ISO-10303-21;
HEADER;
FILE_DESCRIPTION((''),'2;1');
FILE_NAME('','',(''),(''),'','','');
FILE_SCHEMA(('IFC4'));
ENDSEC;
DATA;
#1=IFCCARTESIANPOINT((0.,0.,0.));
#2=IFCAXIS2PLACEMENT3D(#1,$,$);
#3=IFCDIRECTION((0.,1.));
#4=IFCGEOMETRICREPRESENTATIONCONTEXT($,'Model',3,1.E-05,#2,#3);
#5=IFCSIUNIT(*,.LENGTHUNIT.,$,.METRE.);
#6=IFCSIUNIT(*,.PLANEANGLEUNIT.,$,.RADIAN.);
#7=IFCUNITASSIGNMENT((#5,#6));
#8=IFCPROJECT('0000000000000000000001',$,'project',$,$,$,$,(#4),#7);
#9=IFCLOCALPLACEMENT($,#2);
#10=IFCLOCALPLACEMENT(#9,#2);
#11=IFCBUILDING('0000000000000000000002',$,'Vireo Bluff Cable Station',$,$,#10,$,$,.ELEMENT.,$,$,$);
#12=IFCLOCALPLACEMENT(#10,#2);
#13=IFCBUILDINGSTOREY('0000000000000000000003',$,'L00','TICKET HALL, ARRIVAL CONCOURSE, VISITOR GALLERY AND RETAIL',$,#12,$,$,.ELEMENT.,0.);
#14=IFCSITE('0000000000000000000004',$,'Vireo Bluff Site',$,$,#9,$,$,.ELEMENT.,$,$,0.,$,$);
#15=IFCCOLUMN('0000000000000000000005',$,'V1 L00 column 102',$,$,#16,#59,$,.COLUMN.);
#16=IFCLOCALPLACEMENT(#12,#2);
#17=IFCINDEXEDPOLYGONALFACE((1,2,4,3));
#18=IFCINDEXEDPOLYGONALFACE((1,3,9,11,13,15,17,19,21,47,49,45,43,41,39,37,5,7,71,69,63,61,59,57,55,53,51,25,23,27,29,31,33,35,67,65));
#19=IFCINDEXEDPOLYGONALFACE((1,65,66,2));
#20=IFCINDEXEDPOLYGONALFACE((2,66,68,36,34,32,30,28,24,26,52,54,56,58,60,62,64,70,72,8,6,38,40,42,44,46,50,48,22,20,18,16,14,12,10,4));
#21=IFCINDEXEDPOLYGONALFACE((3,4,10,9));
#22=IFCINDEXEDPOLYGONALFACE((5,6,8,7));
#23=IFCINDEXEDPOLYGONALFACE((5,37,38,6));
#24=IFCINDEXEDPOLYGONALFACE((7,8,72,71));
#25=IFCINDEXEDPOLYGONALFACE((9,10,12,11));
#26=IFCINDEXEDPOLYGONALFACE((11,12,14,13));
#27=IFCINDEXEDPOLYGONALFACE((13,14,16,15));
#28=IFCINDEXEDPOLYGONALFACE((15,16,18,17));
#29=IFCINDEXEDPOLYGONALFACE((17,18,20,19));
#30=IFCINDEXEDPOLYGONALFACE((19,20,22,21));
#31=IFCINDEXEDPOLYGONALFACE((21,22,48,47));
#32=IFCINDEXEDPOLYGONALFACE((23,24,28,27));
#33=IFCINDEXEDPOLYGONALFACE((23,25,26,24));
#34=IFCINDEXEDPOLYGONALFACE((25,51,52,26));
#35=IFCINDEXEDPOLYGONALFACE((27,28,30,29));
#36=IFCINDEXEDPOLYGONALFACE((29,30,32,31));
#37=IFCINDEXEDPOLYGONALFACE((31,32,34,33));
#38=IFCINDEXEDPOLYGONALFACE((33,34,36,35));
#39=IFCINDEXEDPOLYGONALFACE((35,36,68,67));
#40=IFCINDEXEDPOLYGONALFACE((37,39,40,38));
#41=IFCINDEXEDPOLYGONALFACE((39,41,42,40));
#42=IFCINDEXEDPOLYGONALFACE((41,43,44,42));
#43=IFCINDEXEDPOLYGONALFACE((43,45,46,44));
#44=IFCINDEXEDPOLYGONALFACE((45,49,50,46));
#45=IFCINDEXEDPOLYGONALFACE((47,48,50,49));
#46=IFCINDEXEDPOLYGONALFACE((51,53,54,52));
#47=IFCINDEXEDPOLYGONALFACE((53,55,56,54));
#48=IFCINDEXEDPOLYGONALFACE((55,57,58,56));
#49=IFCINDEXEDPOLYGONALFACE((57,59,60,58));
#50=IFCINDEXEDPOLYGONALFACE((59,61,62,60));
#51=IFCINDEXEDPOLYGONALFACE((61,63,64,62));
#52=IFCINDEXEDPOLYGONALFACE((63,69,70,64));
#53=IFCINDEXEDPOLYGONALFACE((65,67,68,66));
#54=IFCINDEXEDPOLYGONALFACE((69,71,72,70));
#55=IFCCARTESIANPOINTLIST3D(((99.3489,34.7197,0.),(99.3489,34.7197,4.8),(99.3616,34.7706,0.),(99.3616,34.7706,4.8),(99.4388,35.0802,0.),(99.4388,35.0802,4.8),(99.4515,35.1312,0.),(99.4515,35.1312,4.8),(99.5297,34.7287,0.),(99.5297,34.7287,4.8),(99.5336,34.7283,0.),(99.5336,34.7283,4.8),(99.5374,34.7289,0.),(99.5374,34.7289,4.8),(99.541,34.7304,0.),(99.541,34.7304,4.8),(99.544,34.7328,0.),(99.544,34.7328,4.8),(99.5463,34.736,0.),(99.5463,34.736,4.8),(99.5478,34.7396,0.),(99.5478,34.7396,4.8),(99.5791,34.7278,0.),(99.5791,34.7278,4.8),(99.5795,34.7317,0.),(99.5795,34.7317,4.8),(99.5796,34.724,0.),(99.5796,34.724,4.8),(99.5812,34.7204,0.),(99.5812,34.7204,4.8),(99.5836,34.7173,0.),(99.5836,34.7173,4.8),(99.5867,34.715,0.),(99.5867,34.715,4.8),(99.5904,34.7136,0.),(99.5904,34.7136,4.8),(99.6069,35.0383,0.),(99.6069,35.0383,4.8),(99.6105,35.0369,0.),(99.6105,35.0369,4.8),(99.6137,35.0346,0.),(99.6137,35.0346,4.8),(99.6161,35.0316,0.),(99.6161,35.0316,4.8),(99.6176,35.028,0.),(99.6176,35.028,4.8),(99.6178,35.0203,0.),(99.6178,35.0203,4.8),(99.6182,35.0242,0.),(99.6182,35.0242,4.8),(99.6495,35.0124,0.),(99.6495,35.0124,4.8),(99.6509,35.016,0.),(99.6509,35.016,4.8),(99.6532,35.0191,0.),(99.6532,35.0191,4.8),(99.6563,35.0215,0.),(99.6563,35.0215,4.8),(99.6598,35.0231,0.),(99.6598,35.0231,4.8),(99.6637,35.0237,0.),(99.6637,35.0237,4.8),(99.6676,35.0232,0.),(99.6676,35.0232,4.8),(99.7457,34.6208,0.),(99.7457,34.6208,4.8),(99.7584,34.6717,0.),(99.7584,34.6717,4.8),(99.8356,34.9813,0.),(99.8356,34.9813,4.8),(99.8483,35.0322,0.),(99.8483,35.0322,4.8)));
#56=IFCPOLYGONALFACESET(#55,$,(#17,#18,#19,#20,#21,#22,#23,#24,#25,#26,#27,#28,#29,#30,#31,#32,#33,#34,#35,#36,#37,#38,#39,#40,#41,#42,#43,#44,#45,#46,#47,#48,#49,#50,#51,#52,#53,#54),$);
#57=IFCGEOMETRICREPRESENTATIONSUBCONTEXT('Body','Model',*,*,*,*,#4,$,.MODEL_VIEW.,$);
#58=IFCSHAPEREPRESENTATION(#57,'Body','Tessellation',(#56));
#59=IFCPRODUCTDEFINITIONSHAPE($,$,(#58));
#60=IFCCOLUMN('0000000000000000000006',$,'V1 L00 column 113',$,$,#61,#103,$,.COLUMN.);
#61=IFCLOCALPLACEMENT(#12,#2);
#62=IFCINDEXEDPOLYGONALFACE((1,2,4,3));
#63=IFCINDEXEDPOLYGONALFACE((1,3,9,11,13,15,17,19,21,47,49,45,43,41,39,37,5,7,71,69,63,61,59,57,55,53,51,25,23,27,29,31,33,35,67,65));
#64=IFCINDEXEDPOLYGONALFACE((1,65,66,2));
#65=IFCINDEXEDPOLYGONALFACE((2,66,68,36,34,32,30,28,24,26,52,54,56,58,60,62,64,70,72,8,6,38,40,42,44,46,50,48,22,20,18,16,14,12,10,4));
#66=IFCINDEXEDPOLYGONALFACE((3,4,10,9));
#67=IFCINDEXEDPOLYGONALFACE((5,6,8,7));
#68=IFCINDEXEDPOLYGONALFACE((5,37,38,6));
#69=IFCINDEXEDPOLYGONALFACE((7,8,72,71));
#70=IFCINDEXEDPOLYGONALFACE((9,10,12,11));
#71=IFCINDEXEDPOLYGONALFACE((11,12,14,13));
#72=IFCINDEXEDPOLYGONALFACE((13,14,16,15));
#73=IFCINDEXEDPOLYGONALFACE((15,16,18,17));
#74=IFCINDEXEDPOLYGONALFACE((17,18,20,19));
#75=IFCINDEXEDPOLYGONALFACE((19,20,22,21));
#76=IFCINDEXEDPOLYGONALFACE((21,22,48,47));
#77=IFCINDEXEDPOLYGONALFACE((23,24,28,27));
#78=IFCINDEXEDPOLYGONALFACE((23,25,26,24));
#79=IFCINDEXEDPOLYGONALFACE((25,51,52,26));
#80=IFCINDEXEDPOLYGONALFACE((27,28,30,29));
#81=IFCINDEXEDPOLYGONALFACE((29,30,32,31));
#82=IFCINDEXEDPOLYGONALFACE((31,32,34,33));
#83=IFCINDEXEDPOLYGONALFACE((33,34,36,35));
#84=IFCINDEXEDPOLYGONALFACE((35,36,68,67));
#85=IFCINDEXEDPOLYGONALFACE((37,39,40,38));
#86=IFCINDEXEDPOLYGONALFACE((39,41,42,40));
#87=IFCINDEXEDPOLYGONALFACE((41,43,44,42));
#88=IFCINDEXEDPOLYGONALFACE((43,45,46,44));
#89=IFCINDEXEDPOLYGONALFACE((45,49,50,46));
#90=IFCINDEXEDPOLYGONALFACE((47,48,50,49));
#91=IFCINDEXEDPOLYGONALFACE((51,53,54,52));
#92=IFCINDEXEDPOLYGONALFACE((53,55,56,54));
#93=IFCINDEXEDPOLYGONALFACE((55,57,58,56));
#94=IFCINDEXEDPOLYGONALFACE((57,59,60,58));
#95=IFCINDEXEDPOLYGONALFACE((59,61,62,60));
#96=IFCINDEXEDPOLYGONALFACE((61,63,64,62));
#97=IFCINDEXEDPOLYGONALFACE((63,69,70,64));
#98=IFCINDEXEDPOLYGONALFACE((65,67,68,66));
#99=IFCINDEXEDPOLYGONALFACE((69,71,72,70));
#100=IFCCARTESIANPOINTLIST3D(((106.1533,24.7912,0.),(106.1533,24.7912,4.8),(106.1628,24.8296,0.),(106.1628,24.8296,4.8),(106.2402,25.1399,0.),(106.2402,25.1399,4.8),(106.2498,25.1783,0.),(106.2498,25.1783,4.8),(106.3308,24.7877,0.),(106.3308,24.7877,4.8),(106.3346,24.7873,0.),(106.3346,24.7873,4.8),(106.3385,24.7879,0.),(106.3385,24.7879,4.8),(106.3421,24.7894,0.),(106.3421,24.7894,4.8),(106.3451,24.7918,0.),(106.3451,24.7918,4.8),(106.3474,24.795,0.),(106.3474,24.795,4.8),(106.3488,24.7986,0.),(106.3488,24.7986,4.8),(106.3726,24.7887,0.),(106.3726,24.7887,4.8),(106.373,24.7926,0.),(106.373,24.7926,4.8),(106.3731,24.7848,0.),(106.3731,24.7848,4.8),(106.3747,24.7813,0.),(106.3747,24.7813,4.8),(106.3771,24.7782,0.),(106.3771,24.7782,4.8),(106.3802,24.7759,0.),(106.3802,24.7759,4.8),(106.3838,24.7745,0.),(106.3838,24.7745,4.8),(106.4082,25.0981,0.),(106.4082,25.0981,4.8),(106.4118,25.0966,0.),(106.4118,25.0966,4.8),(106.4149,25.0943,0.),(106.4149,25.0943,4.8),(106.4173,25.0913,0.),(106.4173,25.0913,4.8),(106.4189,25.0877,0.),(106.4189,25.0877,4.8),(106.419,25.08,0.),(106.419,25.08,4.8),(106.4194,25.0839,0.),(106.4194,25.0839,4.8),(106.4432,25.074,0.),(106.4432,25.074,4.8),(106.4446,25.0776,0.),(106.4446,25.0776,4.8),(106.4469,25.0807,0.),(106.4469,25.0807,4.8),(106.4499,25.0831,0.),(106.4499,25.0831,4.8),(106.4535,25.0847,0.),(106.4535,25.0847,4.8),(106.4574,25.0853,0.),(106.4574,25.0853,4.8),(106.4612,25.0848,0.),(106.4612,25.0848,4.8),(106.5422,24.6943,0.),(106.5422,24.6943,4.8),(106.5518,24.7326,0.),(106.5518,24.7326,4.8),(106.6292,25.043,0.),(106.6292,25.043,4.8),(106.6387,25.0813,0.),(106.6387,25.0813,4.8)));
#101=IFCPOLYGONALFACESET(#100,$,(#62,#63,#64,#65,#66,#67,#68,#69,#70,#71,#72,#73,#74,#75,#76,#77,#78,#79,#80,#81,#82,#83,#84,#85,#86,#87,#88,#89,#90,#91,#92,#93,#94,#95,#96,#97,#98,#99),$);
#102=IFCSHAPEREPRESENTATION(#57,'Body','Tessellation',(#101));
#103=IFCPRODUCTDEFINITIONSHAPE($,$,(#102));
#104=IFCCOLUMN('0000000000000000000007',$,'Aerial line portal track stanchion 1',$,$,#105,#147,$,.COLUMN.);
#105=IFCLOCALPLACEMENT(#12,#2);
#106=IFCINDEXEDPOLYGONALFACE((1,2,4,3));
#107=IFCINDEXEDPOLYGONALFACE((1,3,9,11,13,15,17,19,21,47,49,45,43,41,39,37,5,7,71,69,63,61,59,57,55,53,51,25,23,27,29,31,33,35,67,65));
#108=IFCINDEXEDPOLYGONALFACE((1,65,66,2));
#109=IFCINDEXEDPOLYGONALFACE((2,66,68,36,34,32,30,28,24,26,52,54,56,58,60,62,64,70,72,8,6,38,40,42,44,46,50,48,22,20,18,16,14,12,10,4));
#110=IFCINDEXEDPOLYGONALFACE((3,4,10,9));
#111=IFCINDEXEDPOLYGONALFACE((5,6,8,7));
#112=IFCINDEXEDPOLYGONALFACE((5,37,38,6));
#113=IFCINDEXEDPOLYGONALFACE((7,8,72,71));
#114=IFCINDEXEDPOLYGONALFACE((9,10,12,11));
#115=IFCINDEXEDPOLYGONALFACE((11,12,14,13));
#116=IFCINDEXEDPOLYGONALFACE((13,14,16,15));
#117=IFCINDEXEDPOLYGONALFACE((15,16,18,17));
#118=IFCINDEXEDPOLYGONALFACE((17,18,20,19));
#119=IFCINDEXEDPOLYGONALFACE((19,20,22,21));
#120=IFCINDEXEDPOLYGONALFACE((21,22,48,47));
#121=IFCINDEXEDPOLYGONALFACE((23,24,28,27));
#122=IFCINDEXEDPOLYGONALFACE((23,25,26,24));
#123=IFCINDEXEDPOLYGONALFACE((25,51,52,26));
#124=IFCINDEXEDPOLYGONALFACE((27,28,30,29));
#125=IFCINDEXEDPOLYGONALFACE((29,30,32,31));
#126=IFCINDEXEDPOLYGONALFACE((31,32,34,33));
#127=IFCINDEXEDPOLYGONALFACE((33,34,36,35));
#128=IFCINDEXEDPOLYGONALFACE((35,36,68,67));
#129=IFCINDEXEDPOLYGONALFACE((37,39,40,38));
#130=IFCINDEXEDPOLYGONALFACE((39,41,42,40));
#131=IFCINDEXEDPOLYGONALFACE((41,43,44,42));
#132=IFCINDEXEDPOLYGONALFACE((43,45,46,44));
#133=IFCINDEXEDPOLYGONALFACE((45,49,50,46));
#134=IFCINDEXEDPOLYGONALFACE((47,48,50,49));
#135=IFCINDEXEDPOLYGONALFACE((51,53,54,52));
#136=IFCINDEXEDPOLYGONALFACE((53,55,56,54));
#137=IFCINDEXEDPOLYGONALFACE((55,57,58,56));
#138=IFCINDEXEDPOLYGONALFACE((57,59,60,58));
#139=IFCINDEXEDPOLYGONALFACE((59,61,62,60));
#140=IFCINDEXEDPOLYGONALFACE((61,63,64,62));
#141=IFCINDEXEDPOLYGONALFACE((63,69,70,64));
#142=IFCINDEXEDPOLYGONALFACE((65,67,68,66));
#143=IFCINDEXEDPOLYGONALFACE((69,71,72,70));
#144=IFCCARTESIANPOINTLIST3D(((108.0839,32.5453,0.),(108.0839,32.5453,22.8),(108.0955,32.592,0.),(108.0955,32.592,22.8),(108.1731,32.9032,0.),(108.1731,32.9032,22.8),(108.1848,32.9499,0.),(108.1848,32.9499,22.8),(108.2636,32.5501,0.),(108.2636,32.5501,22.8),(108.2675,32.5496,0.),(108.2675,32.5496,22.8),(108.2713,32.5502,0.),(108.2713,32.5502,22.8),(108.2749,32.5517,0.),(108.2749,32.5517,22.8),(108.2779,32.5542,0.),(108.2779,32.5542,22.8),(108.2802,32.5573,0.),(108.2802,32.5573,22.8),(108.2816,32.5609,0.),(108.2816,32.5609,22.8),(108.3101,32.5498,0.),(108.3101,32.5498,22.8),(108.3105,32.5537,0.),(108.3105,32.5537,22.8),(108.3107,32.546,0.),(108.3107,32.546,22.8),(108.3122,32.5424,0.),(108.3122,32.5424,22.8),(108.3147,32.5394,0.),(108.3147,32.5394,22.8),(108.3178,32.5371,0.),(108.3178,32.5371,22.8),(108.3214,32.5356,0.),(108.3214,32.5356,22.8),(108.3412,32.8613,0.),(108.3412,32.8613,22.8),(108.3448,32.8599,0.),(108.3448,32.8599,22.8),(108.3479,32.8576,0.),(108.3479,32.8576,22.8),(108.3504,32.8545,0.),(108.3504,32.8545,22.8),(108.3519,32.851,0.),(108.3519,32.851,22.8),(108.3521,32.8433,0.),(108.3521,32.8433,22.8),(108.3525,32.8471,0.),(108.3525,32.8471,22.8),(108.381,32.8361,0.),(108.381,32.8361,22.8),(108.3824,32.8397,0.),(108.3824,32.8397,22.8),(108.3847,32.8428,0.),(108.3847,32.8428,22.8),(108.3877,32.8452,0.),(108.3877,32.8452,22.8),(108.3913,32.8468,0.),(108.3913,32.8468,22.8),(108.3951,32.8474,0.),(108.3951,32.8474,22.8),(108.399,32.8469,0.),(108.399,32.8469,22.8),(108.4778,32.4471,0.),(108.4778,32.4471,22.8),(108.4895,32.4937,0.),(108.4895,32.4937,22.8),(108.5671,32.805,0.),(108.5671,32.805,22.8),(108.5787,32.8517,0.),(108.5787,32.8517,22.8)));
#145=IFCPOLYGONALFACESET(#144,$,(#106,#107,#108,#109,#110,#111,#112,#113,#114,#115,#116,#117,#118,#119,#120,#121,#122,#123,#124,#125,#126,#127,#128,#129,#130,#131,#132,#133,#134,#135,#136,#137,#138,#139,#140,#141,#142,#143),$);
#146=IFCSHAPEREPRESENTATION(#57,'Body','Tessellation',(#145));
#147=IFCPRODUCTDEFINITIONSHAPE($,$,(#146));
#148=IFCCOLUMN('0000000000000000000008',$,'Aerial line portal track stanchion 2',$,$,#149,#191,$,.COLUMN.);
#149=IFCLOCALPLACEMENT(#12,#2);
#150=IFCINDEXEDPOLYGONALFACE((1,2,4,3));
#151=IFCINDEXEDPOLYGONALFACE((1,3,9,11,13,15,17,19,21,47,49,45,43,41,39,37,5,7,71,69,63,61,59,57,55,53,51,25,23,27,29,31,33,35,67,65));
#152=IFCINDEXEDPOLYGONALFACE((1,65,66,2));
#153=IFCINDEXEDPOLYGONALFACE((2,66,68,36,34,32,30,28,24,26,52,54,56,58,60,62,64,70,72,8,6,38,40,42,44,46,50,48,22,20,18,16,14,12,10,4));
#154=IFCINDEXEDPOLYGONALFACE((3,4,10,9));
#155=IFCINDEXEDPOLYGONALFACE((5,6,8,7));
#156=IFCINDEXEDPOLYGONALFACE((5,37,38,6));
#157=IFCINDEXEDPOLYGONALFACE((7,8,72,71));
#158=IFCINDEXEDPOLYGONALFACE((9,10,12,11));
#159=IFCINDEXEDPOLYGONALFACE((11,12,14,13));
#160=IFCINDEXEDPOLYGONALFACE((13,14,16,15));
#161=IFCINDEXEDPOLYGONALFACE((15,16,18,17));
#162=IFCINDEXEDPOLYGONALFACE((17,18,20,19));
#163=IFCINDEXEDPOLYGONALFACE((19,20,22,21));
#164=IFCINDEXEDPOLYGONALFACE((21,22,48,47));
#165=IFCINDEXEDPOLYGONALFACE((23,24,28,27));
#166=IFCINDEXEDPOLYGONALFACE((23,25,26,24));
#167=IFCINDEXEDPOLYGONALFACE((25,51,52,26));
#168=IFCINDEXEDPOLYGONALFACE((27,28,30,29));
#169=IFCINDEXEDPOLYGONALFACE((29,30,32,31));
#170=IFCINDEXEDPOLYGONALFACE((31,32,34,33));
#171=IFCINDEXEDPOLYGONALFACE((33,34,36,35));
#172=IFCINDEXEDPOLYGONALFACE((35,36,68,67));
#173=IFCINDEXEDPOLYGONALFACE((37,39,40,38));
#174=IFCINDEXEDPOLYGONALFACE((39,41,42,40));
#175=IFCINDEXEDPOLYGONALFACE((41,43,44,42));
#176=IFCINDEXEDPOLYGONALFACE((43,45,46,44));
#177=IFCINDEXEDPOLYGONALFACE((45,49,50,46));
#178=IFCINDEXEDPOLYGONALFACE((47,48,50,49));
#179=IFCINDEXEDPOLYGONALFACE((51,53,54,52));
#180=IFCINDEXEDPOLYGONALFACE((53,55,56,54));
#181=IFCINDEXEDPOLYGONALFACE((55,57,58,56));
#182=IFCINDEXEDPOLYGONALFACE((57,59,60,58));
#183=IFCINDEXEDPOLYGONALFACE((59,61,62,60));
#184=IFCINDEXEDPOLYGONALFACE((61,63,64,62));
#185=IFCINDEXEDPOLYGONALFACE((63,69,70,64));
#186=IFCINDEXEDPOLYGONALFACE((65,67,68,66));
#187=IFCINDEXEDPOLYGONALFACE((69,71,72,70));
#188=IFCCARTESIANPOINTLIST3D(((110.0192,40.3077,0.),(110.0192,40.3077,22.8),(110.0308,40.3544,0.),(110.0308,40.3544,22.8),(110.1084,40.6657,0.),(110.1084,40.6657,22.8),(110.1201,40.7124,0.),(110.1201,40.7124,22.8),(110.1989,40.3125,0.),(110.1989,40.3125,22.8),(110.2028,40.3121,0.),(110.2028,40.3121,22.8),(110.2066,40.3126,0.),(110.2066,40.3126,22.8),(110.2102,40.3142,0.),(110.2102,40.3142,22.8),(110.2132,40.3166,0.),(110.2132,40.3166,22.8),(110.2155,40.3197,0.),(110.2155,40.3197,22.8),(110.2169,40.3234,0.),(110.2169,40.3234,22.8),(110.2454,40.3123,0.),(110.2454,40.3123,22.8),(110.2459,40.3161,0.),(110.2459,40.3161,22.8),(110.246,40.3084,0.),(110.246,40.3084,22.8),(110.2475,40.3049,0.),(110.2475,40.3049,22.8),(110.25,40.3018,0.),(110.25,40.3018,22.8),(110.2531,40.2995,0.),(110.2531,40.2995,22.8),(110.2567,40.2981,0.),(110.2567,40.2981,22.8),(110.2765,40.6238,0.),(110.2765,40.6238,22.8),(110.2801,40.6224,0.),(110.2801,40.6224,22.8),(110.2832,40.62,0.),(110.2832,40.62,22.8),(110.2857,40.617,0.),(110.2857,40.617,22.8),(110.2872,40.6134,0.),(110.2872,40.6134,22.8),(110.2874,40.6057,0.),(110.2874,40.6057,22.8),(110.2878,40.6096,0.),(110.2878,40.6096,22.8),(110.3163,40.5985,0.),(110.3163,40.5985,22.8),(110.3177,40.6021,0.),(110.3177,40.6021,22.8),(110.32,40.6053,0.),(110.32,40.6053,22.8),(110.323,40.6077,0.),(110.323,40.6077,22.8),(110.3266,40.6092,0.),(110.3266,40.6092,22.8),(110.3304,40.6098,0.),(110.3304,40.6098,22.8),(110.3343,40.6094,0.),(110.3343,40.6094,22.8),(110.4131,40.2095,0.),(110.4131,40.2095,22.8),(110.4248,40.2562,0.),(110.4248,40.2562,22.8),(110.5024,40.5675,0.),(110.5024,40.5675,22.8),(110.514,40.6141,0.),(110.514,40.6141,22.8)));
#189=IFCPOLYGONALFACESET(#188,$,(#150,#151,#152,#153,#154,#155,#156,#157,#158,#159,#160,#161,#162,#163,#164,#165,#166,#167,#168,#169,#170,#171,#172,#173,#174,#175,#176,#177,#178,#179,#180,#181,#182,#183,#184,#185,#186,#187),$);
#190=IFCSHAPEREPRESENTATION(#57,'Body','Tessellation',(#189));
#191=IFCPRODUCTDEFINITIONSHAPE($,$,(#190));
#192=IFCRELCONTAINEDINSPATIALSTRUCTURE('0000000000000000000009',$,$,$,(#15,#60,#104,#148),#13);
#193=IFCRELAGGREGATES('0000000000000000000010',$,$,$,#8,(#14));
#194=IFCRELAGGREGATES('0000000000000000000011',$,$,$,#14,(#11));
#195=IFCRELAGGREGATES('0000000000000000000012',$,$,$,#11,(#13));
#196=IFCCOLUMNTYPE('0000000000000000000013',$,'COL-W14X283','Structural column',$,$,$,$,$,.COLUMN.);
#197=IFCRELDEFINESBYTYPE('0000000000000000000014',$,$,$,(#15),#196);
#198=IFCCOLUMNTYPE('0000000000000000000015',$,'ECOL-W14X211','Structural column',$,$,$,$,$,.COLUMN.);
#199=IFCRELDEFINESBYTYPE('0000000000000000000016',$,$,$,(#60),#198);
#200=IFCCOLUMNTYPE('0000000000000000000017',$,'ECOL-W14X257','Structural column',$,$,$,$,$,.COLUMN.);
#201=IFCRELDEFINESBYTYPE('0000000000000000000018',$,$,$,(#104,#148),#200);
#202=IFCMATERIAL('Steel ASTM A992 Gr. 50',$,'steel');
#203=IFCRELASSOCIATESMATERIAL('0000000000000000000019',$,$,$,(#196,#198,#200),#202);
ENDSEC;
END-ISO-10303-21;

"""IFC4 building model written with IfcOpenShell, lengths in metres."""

from ifc_helpers import new_model, si_unit, direction, frame, origin, origin_2d, place, context, subcontext, project, spatial, i_section, extrude, material, material_profile, profile_set, type_object, element, save


model = new_model("IFC4")

# Units and contexts
model_context = context("Model", 3, precision=1e-05, world=origin(), true_north=direction((0.0, 1.0)))
body_context = subcontext(model_context, "Body", "Model", "MODEL_VIEW")
ifc_project = project(units=[si_unit("LENGTHUNIT", "METRE"), si_unit("PLANEANGLEUNIT", "RADIAN")], contexts=[model_context])

# Site, building, storey
site_placement = place(None, origin())
site = spatial("IfcSite", under=ifc_project, at=site_placement, Name="Vireo Bluff Site", CompositionType="ELEMENT", RefElevation=0.0)
building_placement = place(site_placement, origin())
building = spatial("IfcBuilding", under=site, at=building_placement, Name="Vireo Bluff Cable Station", CompositionType="ELEMENT")
storey_placement = place(building_placement, origin())
storey = spatial("IfcBuildingStorey", under=building, at=storey_placement, Name="L00", Description="TICKET HALL, ARRIVAL CONCOURSE, VISITOR GALLERY AND RETAIL", CompositionType="ELEMENT", Elevation=0.0)

# Columns
ifc_material_1 = material(Name="Steel ASTM A992 Gr. 50", Category="steel")
ifc_material_profile_1 = material_profile(ifc_material_1, i_section(OverallWidth=0.4089, OverallDepth=0.4241, WebThickness=0.0327, FlangeThickness=0.0525, FilletRadius=0.0149, at=origin_2d()), Name="W14X283")
ifc_profile_set_1 = profile_set([ifc_material_profile_1], Name="Steel ASTM A992 Gr. 50")
column_type_1 = type_object("IfcColumnType", Name="COL-W14X283", Description="Structural column", PredefinedType="COLUMN", material=ifc_profile_set_1)
column_1_placement = place(storey_placement, frame((99.5986, 34.876, 0.0), z_axis=(0.0, 0.0, 1.0), x_axis=(0.970296, -0.241922, 0.0)))
element("IfcColumn", 1, at=column_1_placement, inside=storey, type_object=column_type_1, Name="V1 L00 column 102", PredefinedType="COLUMN", context=body_context, shape_type="SweptSolid", body=[
    extrude(i_section(OverallWidth=0.4089, OverallDepth=0.4241, WebThickness=0.0327, FlangeThickness=0.0525, FilletRadius=0.0149, at=origin_2d()), origin(), (0.0, 0.0, 1.0), 4.8),
])
ifc_material_profile_2 = material_profile(ifc_material_1, i_section(OverallWidth=0.4009, OverallDepth=0.3989, WebThickness=0.0249, FlangeThickness=0.0396, FilletRadius=0.0149, at=origin_2d()), Name="W14X211")
ifc_profile_set_2 = profile_set([ifc_material_profile_2], Name="Steel ASTM A992 Gr. 50")
column_type_2 = type_object("IfcColumnType", Name="ECOL-W14X211", Description="Structural column", PredefinedType="COLUMN", material=ifc_profile_set_2)
column_2_placement = place(storey_placement, frame((106.396, 24.9363, 0.0), z_axis=(0.0, 0.0, 1.0), x_axis=(0.970296, -0.241922, 0.0)))
element("IfcColumn", 2, at=column_2_placement, inside=storey, type_object=column_type_2, Name="V1 L00 column 113", PredefinedType="COLUMN", context=body_context, shape_type="SweptSolid", body=[
    extrude(i_section(OverallWidth=0.4009, OverallDepth=0.3989, WebThickness=0.0249, FlangeThickness=0.0396, FilletRadius=0.0149, at=origin_2d()), origin(), (0.0, 0.0, 1.0), 4.8),
])
ifc_material_profile_3 = material_profile(ifc_material_1, i_section(OverallWidth=0.406, OverallDepth=0.417, WebThickness=0.0298, FlangeThickness=0.0481, FilletRadius=0.0149, at=origin_2d()), Name="W14X257")
ifc_profile_set_3 = profile_set([ifc_material_profile_3], Name="Steel ASTM A992 Gr. 50")
column_type_3 = type_object("IfcColumnType", Name="ECOL-W14X257", Description="Structural column", PredefinedType="COLUMN", material=ifc_profile_set_3)
for number, where, z_axis, x_axis, name in (
    (3, (108.3313, 32.6985, 0.0), (0.0, 0.0, 1.0), (0.970296, -0.241922, 0.0), "Aerial line portal track stanchion 1"),
    (4, (110.2666, 40.4609, 0.0), (0.0, 0.0, 1.0), (0.970296, -0.241922, 0.0), "Aerial line portal track stanchion 2"),
):
    element("IfcColumn", number, at=place(storey_placement, frame(where, z_axis=z_axis, x_axis=x_axis)), inside=storey, type_object=column_type_3, Name=name, PredefinedType="COLUMN", context=body_context, shape_type="SweptSolid", body=[
        extrude(i_section(OverallWidth=0.406, OverallDepth=0.417, WebThickness=0.0298, FlangeThickness=0.0481, FilletRadius=0.0149, at=origin_2d()), origin(), (0.0, 0.0, 1.0), 22.8),
    ])

save(model, "model.ifc")
